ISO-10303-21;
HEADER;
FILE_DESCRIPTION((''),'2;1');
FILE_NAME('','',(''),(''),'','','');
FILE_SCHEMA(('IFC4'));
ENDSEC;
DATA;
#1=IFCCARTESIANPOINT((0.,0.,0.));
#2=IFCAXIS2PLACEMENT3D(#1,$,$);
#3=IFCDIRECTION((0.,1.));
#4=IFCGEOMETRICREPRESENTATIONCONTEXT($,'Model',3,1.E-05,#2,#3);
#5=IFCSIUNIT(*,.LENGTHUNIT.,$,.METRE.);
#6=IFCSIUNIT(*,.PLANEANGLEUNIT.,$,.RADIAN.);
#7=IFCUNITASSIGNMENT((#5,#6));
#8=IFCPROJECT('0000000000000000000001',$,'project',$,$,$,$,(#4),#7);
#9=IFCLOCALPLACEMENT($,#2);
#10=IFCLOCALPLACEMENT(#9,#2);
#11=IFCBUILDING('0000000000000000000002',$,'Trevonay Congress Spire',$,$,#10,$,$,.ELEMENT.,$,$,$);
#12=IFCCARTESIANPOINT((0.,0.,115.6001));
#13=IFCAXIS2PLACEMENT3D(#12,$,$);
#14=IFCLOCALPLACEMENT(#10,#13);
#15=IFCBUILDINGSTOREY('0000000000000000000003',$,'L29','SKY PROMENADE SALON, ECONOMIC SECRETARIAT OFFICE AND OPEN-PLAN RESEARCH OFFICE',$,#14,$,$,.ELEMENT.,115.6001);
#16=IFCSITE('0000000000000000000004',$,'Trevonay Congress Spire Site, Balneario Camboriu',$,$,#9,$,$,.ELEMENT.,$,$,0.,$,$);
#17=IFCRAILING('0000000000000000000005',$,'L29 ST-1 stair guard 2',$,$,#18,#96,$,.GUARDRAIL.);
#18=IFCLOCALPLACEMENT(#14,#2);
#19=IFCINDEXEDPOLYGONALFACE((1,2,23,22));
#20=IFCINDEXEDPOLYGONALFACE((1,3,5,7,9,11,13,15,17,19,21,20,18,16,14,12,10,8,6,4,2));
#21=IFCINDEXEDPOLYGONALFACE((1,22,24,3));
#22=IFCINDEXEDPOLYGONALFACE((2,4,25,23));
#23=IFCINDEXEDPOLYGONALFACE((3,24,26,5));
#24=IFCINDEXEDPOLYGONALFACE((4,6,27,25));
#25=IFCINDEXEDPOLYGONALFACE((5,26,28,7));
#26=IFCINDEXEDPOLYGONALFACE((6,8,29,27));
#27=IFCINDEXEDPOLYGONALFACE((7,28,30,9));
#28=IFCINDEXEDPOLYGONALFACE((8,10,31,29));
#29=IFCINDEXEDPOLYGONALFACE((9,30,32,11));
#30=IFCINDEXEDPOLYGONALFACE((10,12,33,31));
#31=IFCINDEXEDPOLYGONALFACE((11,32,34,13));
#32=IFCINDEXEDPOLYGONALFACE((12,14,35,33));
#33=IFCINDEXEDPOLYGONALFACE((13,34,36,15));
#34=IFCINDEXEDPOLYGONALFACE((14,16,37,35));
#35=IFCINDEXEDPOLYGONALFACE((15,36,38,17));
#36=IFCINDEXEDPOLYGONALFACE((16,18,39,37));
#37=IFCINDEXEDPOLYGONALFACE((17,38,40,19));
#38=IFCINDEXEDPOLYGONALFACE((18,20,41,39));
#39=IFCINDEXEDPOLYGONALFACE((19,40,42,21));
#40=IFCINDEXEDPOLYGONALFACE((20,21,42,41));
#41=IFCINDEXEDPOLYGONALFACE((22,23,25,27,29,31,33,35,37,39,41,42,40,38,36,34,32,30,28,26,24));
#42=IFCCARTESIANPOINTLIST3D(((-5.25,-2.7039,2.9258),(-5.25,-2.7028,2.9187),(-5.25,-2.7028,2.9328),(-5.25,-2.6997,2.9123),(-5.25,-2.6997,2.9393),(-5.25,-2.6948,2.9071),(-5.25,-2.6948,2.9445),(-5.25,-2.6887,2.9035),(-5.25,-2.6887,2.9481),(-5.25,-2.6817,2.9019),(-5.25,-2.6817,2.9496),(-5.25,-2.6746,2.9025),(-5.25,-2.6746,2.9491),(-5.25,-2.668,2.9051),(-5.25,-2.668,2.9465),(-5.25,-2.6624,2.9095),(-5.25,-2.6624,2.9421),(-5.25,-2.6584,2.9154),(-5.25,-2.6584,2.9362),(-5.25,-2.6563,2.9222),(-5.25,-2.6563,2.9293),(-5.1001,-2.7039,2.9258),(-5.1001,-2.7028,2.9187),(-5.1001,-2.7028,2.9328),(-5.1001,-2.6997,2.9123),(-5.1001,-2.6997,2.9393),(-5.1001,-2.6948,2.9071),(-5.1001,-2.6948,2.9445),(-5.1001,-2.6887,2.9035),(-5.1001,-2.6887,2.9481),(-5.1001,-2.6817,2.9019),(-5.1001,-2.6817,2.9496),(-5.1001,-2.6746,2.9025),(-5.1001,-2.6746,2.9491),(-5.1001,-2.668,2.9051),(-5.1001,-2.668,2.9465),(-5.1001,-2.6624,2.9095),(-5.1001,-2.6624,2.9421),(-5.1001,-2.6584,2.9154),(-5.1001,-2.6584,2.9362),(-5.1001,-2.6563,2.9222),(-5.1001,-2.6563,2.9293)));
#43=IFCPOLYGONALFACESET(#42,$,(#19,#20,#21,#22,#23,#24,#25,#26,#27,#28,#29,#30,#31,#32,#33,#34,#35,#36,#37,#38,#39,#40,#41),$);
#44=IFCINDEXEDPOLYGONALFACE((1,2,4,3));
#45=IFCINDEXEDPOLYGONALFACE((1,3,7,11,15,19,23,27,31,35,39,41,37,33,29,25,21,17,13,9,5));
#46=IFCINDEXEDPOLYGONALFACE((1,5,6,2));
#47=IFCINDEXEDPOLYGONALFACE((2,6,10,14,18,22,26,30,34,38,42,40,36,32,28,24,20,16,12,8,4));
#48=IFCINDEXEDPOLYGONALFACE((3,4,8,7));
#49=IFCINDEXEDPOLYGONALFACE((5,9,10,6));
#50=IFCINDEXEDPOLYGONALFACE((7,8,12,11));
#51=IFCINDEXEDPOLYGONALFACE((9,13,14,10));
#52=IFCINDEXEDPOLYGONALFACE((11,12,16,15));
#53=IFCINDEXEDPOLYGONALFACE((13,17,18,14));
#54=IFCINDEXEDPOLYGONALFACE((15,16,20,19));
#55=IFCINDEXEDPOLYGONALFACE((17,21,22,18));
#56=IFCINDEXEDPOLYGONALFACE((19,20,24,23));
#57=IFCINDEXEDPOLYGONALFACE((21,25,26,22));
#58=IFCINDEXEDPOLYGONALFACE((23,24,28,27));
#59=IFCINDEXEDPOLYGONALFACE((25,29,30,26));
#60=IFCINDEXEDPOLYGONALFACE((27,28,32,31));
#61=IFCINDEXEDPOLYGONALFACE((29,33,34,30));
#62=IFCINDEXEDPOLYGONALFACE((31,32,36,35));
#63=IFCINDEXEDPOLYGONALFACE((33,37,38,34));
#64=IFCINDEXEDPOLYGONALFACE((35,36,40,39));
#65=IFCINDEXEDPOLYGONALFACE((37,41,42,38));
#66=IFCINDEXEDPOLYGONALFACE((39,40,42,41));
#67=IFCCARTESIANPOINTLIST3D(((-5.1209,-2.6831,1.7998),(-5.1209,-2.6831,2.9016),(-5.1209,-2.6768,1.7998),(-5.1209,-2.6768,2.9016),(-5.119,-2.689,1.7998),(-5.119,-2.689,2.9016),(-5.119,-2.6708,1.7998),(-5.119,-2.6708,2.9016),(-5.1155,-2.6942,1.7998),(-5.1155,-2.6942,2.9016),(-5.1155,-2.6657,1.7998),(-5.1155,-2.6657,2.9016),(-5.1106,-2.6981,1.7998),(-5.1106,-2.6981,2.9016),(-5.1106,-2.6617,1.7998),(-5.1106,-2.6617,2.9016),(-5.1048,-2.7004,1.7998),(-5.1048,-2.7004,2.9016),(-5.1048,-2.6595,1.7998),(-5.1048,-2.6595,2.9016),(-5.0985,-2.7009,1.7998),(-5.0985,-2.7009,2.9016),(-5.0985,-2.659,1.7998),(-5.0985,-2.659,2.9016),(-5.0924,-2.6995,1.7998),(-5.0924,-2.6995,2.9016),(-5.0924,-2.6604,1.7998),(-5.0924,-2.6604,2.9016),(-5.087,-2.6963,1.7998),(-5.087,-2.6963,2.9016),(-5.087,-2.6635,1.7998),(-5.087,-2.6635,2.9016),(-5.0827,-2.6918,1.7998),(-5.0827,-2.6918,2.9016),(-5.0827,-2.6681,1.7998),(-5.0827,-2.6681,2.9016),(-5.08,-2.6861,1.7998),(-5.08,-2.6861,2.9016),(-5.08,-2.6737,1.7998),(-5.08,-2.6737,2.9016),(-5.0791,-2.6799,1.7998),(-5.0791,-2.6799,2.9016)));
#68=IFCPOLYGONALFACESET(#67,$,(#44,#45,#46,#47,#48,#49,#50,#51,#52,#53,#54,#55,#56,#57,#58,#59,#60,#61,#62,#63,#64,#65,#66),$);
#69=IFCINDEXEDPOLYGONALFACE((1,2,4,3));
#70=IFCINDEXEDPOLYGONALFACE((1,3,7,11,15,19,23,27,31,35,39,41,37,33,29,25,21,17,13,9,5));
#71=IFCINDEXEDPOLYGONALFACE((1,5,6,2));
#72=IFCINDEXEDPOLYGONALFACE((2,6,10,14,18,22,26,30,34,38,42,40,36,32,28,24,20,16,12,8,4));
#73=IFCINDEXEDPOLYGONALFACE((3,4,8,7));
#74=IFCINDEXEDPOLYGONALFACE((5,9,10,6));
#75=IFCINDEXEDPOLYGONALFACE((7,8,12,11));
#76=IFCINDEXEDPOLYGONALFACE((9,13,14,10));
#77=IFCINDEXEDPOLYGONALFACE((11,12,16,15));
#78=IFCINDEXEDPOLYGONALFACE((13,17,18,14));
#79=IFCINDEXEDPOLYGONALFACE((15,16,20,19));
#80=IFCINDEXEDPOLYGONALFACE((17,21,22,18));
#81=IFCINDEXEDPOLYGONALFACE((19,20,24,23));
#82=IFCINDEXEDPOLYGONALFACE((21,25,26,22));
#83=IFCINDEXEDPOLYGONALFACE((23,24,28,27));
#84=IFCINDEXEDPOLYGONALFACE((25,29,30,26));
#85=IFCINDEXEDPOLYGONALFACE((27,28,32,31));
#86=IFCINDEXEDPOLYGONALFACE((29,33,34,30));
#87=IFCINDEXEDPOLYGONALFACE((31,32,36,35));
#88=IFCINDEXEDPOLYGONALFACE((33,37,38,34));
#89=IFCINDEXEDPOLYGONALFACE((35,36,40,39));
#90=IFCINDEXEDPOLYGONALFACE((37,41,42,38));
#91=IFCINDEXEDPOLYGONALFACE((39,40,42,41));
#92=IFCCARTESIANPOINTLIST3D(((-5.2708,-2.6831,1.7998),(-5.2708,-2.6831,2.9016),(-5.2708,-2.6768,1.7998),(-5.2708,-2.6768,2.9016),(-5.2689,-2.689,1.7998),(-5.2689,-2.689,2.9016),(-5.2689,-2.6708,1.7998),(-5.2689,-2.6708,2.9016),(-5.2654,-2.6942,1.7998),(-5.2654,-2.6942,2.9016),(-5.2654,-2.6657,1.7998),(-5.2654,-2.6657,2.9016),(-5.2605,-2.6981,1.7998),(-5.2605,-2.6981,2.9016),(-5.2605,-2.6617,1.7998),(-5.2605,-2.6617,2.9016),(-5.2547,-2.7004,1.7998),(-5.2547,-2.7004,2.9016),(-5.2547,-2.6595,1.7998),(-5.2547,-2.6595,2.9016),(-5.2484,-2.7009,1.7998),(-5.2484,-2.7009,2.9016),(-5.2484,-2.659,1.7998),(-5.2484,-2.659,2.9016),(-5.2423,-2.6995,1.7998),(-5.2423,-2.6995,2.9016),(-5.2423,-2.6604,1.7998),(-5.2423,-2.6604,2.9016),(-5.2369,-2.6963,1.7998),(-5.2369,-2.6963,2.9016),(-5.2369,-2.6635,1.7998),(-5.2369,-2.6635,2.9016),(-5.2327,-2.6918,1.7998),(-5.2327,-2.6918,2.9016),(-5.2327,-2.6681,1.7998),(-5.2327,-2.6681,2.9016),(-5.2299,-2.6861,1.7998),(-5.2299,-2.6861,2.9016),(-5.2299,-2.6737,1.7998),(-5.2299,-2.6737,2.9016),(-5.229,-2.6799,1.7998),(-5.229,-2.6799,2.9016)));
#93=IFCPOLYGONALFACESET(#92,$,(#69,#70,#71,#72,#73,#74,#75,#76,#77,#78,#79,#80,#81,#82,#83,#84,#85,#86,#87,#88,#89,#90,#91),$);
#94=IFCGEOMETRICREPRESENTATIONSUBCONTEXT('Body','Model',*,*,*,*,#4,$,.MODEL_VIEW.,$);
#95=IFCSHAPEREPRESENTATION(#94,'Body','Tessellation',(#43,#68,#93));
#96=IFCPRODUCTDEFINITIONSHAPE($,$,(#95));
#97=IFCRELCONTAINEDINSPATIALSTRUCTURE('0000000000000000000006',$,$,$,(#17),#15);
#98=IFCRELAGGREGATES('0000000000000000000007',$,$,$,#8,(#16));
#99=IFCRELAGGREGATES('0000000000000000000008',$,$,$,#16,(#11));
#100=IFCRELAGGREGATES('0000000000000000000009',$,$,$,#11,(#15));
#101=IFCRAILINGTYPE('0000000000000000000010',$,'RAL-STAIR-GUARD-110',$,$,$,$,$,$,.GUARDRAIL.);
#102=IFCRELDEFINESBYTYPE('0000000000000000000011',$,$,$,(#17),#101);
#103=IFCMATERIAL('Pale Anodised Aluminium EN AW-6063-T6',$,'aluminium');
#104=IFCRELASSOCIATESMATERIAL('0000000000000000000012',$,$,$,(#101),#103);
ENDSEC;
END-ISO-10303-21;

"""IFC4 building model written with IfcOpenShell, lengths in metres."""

from ifc_helpers import new_model, si_unit, direction, frame, origin, origin_2d, place, context, subcontext, project, spatial, circle, extrude, material, type_object, element, save


model = new_model("IFC4")

# Units and contexts
model_context = context("Model", 3, precision=1e-05, world=origin(), true_north=direction((0.0, 1.0)))
body_context = subcontext(model_context, "Body", "Model", "MODEL_VIEW")
ifc_project = project(units=[si_unit("LENGTHUNIT", "METRE"), si_unit("PLANEANGLEUNIT", "RADIAN")], contexts=[model_context])

# Site, building, storey
site_placement = place(None, origin())
site = spatial("IfcSite", under=ifc_project, at=site_placement, Name="Trevonay Congress Spire Site, Balneario Camboriu", CompositionType="ELEMENT", RefElevation=0.0)
building_placement = place(site_placement, origin())
building = spatial("IfcBuilding", under=site, at=building_placement, Name="Trevonay Congress Spire", CompositionType="ELEMENT")
storey_placement = place(building_placement, frame((0.0, 0.0, 115.6001)))
storey = spatial("IfcBuildingStorey", under=building, at=storey_placement, Name="L29", Description="SKY PROMENADE SALON, ECONOMIC SECRETARIAT OFFICE AND OPEN-PLAN RESEARCH OFFICE", CompositionType="ELEMENT", Elevation=115.6001)

# Railing
ifc_material_1 = material(Name="Pale Anodised Aluminium EN AW-6063-T6", Category="aluminium")
railing_type_1 = type_object("IfcRailingType", Name="RAL-STAIR-GUARD-110", PredefinedType="GUARDRAIL", material=ifc_material_1)
railing_1_placement = place(storey_placement, frame((-5.1001, -2.6799, 1.7998)))
element("IfcRailing", 1, at=railing_1_placement, inside=storey, type_object=railing_type_1, Name="L29 ST-1 stair guard 2", PredefinedType="GUARDRAIL", context=body_context, shape_type="SweptSolid", body=[
    extrude(circle(Radius=0.0239, at=origin_2d()), frame((0.0, 0.0, 1.126), z_axis=(-1.0, 0.0, 0.0), x_axis=(0.0, -1.0, 0.0)), (0.0, 0.0, 1.0), 0.1499),
    extrude(circle(Radius=0.021, at=origin_2d()), origin(), (0.0, 0.0, 1.0), 1.1018),
    extrude(circle(Radius=0.021, at=origin_2d()), frame((-0.1499, 0.0, 0.0)), (0.0, 0.0, 1.0), 1.1018),
])

save(model, "model.ifc")
